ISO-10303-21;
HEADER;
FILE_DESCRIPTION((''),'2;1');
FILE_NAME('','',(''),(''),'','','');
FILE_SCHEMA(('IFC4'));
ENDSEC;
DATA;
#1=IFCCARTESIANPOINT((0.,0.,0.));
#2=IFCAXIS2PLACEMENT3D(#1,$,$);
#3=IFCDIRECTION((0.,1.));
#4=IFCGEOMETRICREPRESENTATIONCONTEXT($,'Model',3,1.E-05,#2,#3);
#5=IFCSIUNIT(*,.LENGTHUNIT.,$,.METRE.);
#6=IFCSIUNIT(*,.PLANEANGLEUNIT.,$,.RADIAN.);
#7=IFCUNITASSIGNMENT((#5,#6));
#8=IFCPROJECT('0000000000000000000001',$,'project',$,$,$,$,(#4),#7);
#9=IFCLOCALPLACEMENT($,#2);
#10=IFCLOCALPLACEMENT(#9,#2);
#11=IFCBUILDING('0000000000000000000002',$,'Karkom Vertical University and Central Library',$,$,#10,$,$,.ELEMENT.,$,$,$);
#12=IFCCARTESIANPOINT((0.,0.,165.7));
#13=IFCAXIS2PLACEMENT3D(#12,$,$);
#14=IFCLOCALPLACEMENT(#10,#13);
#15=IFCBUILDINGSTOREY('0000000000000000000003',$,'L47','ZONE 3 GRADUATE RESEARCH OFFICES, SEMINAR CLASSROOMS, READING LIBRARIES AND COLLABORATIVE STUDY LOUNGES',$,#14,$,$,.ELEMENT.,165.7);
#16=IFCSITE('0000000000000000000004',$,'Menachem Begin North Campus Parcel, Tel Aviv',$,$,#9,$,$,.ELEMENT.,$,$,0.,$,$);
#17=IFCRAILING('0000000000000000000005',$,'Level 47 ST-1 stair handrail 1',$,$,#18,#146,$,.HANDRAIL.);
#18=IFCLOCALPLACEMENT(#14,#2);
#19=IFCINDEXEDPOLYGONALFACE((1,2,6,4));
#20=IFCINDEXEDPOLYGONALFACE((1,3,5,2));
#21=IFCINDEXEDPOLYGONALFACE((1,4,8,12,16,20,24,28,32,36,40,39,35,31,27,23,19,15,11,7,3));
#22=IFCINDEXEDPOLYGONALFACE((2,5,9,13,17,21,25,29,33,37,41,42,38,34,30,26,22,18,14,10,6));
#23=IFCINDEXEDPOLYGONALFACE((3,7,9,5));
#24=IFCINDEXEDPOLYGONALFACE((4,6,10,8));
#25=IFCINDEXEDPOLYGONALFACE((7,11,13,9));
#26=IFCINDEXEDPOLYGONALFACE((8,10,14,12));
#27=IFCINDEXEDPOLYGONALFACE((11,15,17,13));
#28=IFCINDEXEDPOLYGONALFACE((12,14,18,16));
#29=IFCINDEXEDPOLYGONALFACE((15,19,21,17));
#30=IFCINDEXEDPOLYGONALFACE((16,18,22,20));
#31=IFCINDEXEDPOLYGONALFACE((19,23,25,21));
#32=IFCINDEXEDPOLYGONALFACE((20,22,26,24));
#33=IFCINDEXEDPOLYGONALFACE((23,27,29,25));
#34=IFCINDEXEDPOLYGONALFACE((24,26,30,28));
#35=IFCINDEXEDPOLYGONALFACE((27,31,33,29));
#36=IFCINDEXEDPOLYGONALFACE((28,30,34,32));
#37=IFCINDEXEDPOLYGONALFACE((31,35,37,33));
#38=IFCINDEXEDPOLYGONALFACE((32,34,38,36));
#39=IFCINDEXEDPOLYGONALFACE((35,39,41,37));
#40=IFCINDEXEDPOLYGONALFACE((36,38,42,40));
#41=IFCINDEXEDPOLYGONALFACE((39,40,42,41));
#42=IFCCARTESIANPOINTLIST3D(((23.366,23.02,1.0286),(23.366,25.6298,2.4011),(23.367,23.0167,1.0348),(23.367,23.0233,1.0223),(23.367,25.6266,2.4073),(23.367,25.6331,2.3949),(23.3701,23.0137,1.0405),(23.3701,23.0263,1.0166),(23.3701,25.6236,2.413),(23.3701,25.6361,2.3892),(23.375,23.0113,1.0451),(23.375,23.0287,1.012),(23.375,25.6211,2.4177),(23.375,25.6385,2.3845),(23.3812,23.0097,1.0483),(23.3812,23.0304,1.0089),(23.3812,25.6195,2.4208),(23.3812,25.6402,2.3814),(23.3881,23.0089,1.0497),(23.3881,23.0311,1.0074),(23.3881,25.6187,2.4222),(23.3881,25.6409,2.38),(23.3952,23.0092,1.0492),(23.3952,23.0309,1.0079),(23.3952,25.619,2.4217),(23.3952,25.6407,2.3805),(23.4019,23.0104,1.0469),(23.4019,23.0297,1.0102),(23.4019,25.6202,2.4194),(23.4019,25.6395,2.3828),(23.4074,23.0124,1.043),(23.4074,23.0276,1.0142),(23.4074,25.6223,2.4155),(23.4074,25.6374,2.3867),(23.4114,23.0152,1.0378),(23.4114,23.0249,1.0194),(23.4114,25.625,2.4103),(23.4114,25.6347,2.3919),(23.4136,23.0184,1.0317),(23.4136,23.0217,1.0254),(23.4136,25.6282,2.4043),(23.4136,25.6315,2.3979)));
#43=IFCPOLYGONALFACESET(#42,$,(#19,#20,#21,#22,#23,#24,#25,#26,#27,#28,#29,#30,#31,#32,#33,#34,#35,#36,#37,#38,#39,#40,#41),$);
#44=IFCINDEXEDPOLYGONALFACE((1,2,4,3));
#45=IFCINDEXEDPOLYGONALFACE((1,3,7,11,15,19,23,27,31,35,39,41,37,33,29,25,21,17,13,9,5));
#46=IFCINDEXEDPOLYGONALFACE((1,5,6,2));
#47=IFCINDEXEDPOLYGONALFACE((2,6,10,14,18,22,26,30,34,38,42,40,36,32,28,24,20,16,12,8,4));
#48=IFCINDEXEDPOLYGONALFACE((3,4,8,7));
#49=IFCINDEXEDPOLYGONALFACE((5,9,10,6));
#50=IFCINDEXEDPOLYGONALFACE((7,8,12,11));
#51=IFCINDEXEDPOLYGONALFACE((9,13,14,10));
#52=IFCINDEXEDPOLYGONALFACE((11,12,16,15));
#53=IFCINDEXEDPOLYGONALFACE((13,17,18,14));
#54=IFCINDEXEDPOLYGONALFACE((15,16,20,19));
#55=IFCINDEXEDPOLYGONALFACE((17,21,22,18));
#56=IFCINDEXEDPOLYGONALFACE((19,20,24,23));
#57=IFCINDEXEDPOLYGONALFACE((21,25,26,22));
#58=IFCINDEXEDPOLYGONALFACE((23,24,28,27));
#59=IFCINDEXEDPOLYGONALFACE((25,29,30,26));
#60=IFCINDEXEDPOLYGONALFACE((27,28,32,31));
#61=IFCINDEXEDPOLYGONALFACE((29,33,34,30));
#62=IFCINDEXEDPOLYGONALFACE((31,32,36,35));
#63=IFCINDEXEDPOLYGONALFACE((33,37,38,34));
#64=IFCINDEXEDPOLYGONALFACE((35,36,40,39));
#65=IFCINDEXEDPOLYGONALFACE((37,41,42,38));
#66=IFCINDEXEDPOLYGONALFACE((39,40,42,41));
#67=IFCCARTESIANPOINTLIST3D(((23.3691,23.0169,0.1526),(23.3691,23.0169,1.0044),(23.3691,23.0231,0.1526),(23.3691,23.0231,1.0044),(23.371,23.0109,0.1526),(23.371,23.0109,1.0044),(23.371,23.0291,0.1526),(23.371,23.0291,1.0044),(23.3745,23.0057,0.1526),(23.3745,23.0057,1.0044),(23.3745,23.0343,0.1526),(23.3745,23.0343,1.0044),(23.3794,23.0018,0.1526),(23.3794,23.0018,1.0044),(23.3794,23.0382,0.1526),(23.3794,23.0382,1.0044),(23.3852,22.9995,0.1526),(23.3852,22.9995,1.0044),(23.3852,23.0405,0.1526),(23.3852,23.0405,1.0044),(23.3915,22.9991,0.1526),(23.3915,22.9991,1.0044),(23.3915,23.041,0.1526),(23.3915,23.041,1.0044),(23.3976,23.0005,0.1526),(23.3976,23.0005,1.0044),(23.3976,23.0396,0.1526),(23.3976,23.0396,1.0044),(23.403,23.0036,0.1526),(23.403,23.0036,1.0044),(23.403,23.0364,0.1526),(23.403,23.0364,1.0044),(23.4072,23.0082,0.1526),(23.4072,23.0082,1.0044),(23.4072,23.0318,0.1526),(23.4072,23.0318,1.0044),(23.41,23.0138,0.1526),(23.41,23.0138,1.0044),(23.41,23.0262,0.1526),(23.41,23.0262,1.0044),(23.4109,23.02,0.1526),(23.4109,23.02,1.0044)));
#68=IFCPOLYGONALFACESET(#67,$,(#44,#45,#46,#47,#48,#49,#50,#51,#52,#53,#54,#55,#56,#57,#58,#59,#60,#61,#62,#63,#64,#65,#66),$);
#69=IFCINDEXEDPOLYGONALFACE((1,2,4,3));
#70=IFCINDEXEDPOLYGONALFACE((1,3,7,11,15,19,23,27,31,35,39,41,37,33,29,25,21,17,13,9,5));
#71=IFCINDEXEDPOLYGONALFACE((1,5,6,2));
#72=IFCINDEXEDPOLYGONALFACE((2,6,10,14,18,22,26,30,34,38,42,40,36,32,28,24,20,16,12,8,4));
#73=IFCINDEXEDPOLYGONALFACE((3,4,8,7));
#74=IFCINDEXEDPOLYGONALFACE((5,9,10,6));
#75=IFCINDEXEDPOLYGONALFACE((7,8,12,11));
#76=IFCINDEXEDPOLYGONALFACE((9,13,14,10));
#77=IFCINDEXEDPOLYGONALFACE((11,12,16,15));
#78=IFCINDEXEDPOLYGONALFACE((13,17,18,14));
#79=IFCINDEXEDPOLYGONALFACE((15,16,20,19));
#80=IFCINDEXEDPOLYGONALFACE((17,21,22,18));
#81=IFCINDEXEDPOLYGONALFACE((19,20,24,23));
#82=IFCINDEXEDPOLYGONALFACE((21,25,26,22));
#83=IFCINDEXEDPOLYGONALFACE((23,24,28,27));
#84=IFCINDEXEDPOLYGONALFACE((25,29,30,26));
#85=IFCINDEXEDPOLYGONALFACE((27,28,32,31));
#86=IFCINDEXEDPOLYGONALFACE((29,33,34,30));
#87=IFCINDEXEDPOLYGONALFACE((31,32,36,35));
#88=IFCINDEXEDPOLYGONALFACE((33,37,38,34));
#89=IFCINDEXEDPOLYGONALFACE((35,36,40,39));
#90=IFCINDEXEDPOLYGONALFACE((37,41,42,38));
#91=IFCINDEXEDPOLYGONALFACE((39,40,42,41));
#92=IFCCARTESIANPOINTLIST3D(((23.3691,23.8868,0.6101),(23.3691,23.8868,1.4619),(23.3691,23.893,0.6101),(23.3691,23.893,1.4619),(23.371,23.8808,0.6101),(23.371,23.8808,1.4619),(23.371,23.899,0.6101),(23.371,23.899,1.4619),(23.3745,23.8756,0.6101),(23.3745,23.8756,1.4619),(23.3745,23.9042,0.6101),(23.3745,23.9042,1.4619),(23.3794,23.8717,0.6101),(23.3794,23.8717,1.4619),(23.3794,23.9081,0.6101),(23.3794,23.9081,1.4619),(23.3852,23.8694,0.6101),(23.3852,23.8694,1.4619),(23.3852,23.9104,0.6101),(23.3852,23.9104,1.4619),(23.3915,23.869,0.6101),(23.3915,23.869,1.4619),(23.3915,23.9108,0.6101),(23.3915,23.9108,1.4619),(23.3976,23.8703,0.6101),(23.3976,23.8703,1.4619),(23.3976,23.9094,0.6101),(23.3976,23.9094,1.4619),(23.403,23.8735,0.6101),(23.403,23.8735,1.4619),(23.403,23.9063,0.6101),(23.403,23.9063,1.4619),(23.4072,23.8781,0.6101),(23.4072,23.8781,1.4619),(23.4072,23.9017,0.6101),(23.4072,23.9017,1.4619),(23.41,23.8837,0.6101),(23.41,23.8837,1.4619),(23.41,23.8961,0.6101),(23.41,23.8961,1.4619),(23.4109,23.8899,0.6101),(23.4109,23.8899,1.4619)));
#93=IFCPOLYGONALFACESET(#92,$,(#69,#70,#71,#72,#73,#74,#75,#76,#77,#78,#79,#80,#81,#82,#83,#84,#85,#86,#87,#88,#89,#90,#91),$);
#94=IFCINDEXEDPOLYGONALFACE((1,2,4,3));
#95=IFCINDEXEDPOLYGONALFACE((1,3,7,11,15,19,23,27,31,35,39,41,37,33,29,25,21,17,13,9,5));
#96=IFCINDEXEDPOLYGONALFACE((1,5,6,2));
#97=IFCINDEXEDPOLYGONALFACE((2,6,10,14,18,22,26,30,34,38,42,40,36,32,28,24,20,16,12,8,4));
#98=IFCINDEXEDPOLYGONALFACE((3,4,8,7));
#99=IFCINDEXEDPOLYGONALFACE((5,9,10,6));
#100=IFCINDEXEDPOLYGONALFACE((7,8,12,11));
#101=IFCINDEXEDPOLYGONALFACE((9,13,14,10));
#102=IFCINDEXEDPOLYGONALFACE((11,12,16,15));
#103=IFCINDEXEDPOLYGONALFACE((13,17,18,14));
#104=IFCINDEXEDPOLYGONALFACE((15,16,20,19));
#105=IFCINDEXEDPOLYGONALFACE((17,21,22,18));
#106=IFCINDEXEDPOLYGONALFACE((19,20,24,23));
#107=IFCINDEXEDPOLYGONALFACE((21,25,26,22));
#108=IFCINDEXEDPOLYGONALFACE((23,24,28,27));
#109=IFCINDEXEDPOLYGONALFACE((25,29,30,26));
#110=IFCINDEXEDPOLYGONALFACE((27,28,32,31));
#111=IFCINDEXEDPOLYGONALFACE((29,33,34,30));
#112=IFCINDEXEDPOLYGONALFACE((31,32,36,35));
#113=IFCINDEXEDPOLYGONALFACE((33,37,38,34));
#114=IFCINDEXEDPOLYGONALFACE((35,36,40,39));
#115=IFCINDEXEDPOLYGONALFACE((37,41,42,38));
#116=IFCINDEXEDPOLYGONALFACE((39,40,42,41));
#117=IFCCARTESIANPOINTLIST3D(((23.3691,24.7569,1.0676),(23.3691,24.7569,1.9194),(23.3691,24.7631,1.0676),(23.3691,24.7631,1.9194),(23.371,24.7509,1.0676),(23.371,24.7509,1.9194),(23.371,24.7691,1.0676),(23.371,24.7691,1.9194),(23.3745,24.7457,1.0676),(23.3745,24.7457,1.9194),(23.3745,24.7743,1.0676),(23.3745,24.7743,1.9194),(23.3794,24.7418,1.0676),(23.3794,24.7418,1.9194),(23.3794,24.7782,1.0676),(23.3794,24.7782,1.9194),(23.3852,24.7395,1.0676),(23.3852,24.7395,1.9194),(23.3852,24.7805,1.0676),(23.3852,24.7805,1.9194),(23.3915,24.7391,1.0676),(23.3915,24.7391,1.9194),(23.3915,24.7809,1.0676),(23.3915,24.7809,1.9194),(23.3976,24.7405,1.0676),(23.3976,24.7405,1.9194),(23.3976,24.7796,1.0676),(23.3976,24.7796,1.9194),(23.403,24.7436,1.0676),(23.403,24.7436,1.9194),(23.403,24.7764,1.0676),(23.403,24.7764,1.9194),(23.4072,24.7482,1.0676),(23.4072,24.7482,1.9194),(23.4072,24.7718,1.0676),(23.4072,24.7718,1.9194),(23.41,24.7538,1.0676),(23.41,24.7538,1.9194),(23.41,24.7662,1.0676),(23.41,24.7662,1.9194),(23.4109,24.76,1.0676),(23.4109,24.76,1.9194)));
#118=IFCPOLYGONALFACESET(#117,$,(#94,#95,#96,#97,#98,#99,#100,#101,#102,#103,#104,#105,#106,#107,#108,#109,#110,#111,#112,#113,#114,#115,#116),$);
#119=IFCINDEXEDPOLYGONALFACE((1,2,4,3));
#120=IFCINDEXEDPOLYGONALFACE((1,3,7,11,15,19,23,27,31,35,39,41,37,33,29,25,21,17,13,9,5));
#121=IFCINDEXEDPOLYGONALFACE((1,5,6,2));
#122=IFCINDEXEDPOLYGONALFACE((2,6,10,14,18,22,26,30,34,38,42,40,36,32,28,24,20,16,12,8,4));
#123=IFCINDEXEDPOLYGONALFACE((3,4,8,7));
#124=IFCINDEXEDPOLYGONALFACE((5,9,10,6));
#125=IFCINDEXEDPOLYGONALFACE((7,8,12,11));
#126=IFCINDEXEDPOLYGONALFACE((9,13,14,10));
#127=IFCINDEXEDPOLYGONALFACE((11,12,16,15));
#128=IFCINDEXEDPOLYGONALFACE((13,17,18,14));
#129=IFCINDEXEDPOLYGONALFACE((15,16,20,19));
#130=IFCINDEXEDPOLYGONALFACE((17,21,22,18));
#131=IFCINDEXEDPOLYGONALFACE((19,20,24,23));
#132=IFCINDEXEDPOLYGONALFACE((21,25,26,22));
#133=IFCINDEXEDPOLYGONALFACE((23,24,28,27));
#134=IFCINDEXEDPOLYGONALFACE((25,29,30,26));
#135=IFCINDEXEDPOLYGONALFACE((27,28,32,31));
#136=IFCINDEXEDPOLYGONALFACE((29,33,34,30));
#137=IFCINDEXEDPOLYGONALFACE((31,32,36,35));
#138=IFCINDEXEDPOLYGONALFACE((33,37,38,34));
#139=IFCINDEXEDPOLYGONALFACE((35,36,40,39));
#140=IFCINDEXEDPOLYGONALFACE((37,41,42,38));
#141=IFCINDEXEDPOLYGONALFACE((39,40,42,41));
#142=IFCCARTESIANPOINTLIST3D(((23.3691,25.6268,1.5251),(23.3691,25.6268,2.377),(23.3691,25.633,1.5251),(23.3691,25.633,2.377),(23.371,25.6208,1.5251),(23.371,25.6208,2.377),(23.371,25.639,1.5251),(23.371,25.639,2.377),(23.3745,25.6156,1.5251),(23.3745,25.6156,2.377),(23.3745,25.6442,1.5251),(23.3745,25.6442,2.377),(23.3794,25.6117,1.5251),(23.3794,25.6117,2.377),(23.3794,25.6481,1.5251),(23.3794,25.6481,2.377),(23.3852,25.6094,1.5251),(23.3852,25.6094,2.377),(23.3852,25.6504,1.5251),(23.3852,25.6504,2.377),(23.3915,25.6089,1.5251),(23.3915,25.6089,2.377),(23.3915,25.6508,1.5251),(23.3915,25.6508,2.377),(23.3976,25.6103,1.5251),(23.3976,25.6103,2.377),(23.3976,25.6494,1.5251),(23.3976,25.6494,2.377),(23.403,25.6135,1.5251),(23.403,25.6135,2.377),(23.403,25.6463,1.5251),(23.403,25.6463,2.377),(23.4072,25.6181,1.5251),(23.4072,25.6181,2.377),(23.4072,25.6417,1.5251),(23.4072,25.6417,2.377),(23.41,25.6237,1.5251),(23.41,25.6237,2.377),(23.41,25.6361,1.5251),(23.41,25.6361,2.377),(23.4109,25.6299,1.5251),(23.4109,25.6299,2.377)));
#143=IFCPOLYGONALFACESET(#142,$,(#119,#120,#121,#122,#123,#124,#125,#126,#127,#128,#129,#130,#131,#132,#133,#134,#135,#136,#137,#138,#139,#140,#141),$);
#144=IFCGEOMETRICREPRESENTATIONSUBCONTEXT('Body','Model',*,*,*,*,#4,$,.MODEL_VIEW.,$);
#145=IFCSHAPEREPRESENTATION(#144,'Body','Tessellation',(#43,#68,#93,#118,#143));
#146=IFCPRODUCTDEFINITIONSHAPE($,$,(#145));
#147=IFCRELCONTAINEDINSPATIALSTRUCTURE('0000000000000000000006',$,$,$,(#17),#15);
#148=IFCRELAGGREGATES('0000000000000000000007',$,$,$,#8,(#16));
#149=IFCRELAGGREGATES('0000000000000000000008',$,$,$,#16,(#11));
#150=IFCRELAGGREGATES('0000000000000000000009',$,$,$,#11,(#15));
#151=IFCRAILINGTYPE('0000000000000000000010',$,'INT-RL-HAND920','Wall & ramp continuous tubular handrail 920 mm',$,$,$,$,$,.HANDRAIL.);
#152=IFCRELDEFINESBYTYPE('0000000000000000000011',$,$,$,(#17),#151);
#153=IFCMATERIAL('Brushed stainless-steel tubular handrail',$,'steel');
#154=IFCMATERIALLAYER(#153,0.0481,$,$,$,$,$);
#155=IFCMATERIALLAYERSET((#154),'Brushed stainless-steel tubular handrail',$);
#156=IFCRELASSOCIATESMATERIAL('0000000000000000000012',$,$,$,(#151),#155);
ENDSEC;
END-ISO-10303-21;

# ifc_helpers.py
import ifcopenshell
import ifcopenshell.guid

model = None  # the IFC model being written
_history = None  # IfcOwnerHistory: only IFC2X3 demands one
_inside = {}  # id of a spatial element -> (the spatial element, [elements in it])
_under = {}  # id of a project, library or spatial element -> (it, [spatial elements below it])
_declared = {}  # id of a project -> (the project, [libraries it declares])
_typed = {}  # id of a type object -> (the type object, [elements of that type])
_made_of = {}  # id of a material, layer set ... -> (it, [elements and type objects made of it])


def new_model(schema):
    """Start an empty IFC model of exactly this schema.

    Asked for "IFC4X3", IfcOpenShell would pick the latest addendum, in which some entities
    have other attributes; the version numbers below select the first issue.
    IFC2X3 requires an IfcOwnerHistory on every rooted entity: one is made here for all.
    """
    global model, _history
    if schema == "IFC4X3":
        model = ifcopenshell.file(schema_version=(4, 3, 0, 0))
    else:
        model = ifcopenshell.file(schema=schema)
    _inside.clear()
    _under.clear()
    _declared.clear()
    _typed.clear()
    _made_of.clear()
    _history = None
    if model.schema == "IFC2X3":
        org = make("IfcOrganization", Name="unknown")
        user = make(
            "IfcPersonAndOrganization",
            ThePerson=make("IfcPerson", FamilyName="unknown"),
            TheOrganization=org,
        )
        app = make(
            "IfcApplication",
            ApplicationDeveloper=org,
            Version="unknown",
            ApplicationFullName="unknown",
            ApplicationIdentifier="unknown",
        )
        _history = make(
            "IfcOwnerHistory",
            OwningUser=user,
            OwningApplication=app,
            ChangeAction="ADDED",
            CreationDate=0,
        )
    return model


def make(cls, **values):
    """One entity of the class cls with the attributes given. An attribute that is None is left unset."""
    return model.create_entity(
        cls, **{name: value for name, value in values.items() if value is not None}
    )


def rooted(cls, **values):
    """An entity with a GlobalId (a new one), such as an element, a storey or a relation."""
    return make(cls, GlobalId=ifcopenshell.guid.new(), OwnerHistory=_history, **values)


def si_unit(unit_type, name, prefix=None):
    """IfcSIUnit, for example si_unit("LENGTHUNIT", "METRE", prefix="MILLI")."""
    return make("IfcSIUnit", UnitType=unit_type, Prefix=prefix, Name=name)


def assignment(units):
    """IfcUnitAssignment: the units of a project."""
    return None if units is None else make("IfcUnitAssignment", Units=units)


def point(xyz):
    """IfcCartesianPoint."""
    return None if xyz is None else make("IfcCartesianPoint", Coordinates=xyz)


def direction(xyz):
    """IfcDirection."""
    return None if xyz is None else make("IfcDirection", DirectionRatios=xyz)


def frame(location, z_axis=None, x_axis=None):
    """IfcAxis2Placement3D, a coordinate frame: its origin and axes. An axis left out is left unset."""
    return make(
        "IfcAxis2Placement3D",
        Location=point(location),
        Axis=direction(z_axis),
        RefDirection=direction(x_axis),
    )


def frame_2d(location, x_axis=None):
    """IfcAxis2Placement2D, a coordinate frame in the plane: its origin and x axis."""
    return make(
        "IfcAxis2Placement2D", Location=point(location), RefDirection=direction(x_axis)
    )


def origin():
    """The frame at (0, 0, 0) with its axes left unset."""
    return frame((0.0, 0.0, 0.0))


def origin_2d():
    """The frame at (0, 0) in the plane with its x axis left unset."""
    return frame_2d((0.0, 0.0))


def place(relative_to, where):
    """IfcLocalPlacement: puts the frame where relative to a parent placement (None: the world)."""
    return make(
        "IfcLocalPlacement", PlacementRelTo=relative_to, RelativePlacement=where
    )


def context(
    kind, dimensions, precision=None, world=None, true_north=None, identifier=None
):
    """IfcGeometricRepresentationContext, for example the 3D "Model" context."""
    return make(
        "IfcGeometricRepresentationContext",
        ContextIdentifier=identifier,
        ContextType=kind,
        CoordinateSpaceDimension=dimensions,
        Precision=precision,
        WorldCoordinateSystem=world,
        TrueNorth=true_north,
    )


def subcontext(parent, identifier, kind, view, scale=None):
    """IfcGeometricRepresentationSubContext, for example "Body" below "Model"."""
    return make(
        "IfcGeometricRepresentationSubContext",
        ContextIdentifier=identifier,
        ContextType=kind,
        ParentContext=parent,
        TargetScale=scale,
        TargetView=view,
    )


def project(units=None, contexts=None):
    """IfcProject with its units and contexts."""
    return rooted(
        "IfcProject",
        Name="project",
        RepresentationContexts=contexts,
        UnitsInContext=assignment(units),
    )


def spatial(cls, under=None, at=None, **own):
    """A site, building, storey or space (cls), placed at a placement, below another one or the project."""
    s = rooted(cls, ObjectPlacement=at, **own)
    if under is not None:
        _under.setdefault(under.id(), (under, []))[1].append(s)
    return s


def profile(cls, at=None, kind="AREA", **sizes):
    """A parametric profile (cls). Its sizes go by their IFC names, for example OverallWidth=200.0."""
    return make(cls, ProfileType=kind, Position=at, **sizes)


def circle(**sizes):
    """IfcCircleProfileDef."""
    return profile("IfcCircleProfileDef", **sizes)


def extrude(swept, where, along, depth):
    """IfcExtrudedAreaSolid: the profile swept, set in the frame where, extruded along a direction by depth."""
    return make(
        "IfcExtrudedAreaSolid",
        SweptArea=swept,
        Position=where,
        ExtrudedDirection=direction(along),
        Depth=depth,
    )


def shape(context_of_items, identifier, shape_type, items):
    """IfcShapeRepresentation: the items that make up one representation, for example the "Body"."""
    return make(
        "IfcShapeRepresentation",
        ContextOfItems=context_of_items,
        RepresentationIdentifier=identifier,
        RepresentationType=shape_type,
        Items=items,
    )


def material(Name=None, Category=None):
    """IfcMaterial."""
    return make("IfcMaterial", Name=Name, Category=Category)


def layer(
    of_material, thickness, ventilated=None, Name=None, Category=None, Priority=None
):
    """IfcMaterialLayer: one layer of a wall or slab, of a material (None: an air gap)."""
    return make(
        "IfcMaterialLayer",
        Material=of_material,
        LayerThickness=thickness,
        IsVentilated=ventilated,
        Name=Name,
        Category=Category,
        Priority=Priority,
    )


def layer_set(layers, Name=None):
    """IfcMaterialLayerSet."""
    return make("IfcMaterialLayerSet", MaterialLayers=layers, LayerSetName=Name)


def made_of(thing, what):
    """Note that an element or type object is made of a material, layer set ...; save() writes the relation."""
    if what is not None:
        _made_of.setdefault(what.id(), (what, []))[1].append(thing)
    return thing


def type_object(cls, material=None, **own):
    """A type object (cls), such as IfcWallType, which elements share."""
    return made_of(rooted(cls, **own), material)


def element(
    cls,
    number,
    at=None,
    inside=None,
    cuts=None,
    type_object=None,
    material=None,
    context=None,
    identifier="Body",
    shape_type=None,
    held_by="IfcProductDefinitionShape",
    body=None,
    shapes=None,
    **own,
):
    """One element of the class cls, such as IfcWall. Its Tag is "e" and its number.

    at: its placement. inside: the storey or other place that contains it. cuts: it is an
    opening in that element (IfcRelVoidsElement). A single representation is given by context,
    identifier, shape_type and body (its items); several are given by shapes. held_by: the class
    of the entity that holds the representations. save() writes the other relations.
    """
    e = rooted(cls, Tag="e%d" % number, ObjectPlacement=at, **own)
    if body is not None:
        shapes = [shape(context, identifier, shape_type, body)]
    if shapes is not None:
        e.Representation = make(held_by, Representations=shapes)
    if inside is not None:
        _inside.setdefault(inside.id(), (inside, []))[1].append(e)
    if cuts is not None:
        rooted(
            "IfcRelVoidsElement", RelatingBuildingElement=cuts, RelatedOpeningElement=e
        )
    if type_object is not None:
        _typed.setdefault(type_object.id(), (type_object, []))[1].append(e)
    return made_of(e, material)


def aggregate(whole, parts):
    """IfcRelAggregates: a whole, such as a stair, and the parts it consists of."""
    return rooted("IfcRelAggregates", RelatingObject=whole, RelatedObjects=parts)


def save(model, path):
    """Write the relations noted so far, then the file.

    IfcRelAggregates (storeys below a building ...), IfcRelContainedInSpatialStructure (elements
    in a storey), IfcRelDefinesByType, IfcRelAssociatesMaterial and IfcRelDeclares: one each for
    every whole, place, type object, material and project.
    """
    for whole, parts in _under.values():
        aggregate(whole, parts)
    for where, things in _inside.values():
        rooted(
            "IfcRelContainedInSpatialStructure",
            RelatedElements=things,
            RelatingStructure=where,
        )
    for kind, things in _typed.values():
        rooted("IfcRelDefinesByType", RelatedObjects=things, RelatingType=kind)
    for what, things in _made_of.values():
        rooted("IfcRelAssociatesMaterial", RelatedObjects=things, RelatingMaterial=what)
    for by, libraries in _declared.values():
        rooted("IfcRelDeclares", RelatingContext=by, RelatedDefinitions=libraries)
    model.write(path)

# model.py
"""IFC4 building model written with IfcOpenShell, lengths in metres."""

from ifc_helpers import new_model, si_unit, direction, frame, origin, origin_2d, place, context, subcontext, project, spatial, circle, extrude, material, layer, layer_set, type_object, element, save


model = new_model("IFC4")

# Units and contexts
model_context = context("Model", 3, precision=1e-05, world=origin(), true_north=direction((0.0, 1.0)))
body_context = subcontext(model_context, "Body", "Model", "MODEL_VIEW")
ifc_project = project(units=[si_unit("LENGTHUNIT", "METRE"), si_unit("PLANEANGLEUNIT", "RADIAN")], contexts=[model_context])

# Site, building, storey
site_placement = place(None, origin())
site = spatial("IfcSite", under=ifc_project, at=site_placement, Name="Menachem Begin North Campus Parcel, Tel Aviv", CompositionType="ELEMENT", RefElevation=0.0)
building_placement = place(site_placement, origin())
building = spatial("IfcBuilding", under=site, at=building_placement, Name="Karkom Vertical University and Central Library", CompositionType="ELEMENT")
storey_placement = place(building_placement, frame((0.0, 0.0, 165.7)))
storey = spatial("IfcBuildingStorey", under=building, at=storey_placement, Name="L47", Description="ZONE 3 GRADUATE RESEARCH OFFICES, SEMINAR CLASSROOMS, READING LIBRARIES AND COLLABORATIVE STUDY LOUNGES", CompositionType="ELEMENT", Elevation=165.7)

# Railing
ifc_material_1 = material(Name="Brushed stainless-steel tubular handrail", Category="steel")
ifc_layer_1 = layer(ifc_material_1, 0.0481)
ifc_layer_set_1 = layer_set([ifc_layer_1], Name="Brushed stainless-steel tubular handrail")
railing_type_1 = type_object("IfcRailingType", Name="INT-RL-HAND920", Description="Wall & ramp continuous tubular handrail 920 mm", PredefinedType="HANDRAIL", material=ifc_layer_set_1)
railing_1_placement = place(storey_placement, frame((23.3899, 23.02, 0.1526)))
element("IfcRailing", 1, at=railing_1_placement, inside=storey, type_object=railing_type_1, Name="Level 47 ST-1 stair handrail 1", PredefinedType="HANDRAIL", context=body_context, shape_type="SweptSolid", body=[
    extrude(circle(Radius=0.0239, at=origin_2d()), frame((0.0, 0.0, 0.876), z_axis=(0.0, 0.885065, 0.465467), x_axis=(-1.0, 0.0, 0.0)), (0.0, 0.0, 1.0), 2.9487),
    extrude(circle(Radius=0.021, at=origin_2d()), origin(), (0.0, 0.0, 1.0), 0.8518),
    extrude(circle(Radius=0.021, at=origin_2d()), frame((0.0, 0.8699, 0.4575)), (0.0, 0.0, 1.0), 0.8518),
    extrude(circle(Radius=0.021, at=origin_2d()), frame((0.0, 1.74, 0.915)), (0.0, 0.0, 1.0), 0.8518),
    extrude(circle(Radius=0.021, at=origin_2d()), frame((0.0, 2.6099, 1.3726)), (0.0, 0.0, 1.0), 0.8518),
])

save(model, "model.ifc")
